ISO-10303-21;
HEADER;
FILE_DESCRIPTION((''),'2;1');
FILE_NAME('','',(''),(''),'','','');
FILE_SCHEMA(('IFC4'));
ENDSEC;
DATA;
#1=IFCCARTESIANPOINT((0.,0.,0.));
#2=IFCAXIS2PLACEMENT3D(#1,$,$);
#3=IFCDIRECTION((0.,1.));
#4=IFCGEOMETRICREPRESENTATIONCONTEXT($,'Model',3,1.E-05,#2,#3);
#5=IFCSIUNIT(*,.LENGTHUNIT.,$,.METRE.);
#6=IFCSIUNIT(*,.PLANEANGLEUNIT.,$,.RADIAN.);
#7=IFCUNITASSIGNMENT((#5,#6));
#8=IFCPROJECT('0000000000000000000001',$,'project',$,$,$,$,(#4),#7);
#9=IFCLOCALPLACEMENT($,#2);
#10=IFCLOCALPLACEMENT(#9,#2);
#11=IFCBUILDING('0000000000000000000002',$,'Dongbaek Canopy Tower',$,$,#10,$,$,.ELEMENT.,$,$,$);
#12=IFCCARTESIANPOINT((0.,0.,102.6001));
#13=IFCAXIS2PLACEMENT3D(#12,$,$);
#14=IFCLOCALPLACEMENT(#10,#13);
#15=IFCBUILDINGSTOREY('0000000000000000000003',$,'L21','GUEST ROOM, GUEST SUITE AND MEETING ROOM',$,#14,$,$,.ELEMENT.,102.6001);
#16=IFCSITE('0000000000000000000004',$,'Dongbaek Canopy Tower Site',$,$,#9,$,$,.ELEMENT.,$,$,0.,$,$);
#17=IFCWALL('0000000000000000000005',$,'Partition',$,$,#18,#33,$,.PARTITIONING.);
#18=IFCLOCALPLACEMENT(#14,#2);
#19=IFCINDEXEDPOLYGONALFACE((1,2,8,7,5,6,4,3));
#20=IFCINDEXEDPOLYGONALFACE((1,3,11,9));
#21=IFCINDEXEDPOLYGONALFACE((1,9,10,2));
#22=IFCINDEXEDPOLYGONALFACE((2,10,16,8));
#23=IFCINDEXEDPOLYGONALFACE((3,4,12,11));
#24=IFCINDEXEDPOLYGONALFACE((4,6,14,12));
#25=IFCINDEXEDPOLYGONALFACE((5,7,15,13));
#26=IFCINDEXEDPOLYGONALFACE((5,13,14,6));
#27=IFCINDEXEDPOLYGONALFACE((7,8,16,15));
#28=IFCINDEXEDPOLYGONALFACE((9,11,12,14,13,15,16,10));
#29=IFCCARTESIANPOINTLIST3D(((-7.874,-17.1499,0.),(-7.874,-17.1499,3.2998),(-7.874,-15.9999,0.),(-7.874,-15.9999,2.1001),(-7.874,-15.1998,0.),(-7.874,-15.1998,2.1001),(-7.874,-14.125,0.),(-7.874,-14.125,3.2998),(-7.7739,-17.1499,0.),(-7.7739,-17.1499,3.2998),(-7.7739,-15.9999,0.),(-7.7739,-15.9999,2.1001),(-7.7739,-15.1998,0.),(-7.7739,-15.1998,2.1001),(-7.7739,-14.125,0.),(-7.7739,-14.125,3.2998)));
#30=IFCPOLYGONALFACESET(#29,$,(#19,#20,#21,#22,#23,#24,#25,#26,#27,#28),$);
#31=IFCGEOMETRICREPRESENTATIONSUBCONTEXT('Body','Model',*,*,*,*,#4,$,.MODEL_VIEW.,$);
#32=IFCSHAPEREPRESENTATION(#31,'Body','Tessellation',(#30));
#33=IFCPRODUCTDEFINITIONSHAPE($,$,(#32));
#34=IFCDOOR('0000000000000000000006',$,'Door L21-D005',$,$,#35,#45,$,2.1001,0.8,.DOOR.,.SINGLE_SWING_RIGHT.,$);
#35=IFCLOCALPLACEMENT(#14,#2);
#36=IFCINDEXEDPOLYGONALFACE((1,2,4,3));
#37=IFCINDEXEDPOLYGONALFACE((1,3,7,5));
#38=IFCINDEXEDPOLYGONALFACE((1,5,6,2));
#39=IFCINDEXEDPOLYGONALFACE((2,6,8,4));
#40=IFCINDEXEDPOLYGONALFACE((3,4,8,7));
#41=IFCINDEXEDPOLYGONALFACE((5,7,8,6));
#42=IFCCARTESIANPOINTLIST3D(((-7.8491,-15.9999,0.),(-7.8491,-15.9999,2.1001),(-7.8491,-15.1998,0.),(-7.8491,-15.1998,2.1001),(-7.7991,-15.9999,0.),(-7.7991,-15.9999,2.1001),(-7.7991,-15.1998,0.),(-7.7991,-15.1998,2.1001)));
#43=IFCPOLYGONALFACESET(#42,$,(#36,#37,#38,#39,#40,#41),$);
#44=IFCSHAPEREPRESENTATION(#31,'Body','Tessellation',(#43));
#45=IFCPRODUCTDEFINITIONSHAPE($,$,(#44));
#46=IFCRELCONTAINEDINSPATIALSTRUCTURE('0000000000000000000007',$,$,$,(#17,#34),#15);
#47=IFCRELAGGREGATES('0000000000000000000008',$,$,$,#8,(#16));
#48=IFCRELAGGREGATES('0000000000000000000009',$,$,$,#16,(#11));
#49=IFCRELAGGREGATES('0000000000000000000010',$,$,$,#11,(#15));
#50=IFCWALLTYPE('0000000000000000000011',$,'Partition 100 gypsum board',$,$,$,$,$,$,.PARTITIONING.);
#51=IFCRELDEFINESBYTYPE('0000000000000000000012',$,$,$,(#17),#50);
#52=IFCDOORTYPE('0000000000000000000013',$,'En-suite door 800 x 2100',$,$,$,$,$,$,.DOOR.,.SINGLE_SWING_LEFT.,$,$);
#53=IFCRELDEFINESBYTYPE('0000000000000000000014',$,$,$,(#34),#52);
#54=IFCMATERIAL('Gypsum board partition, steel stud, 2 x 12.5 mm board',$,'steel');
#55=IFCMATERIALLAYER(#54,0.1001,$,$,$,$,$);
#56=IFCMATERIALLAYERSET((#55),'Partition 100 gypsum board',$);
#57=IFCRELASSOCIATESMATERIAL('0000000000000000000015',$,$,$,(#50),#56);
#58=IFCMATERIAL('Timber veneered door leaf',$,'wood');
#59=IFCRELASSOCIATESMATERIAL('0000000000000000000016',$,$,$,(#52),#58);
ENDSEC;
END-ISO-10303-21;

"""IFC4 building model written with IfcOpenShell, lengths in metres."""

from ifc_helpers import new_model, si_unit, direction, frame, frame_2d, origin, place, context, subcontext, project, spatial, rectangle, extrude, material, layer, layer_set, type_object, element, fill, save


model = new_model("IFC4")

# Units and contexts
model_context = context("Model", 3, precision=1e-05, world=origin(), true_north=direction((0.0, 1.0)))
body_context = subcontext(model_context, "Body", "Model", "MODEL_VIEW")
ifc_project = project(units=[si_unit("LENGTHUNIT", "METRE"), si_unit("PLANEANGLEUNIT", "RADIAN")], contexts=[model_context])

# Site, building, storey
site_placement = place(None, origin())
site = spatial("IfcSite", under=ifc_project, at=site_placement, Name="Dongbaek Canopy Tower Site", CompositionType="ELEMENT", RefElevation=0.0)
building_placement = place(site_placement, origin())
building = spatial("IfcBuilding", under=site, at=building_placement, Name="Dongbaek Canopy Tower", CompositionType="ELEMENT")
storey_placement = place(building_placement, frame((0.0, 0.0, 102.6001)))
storey = spatial("IfcBuildingStorey", under=building, at=storey_placement, Name="L21", Description="GUEST ROOM, GUEST SUITE AND MEETING ROOM", CompositionType="ELEMENT", Elevation=102.6001)

# Shared definitions
ifc_material_1 = material(Name="Gypsum board partition, steel stud, 2 x 12.5 mm board", Category="steel")
ifc_layer_1 = layer(ifc_material_1, 0.1001)
ifc_layer_set_1 = layer_set([ifc_layer_1], Name="Partition 100 gypsum board")
wall_type_1 = type_object("IfcWallType", Name="Partition 100 gypsum board", PredefinedType="PARTITIONING", material=ifc_layer_set_1)

# Shared definitions
ifc_material_2 = material(Name="Timber veneered door leaf", Category="wood")
door_type = type_object("IfcDoorType", Name="En-suite door 800 x 2100", OperationType="SINGLE_SWING_LEFT", PredefinedType="DOOR", material=ifc_material_2)

# Wall, opening, door
wall_1_placement = place(storey_placement, frame((-7.824, -14.125, 0.0), z_axis=(0.0, 0.0, 1.0), x_axis=(0.0, -1.0, 0.0)))
wall_1 = element("IfcWall", 1, at=wall_1_placement, inside=storey, type_object=wall_type_1, Name="Partition", PredefinedType="PARTITIONING", context=body_context, shape_type="SweptSolid", body=[
    extrude(rectangle(XDim=3.0249, YDim=0.1001, at=frame_2d((1.5125, 0.0))), origin(), (0.0, 0.0, 1.0), 3.2998),
])
opening_1_placement = place(wall_1_placement, frame((1.075, 0.0, 0.0)))
opening_1 = element("IfcOpeningElement", 2, at=opening_1_placement, cuts=wall_1, PredefinedType="OPENING", context=body_context, shape_type="SweptSolid", body=[
    extrude(rectangle(XDim=0.8, YDim=2.1001, at=frame_2d((0.3999, 1.05))), frame((0.0, 0.0601, 0.0), z_axis=(0.0, -1.0, 0.0), x_axis=(1.0, 0.0, 0.0)), (0.0, 0.0, 1.0), 0.1201),
])
door_1_placement = place(opening_1_placement, origin())
door_1 = element("IfcDoor", 3, at=door_1_placement, inside=storey, type_object=door_type, Name="Door L21-D005", OperationType="SINGLE_SWING_RIGHT", OverallHeight=2.1001, OverallWidth=0.8, PredefinedType="DOOR", context=body_context, shape_type="SweptSolid", body=[
    extrude(rectangle(XDim=0.8, YDim=2.1001, at=frame_2d((0.3999, 1.05))), frame((0.0, 0.0249, 0.0), z_axis=(0.0, -1.0, 0.0), x_axis=(1.0, 0.0, 0.0)), (0.0, 0.0, 1.0), 0.05),
])
fill(opening_1, door_1)

save(model, "model.ifc")
